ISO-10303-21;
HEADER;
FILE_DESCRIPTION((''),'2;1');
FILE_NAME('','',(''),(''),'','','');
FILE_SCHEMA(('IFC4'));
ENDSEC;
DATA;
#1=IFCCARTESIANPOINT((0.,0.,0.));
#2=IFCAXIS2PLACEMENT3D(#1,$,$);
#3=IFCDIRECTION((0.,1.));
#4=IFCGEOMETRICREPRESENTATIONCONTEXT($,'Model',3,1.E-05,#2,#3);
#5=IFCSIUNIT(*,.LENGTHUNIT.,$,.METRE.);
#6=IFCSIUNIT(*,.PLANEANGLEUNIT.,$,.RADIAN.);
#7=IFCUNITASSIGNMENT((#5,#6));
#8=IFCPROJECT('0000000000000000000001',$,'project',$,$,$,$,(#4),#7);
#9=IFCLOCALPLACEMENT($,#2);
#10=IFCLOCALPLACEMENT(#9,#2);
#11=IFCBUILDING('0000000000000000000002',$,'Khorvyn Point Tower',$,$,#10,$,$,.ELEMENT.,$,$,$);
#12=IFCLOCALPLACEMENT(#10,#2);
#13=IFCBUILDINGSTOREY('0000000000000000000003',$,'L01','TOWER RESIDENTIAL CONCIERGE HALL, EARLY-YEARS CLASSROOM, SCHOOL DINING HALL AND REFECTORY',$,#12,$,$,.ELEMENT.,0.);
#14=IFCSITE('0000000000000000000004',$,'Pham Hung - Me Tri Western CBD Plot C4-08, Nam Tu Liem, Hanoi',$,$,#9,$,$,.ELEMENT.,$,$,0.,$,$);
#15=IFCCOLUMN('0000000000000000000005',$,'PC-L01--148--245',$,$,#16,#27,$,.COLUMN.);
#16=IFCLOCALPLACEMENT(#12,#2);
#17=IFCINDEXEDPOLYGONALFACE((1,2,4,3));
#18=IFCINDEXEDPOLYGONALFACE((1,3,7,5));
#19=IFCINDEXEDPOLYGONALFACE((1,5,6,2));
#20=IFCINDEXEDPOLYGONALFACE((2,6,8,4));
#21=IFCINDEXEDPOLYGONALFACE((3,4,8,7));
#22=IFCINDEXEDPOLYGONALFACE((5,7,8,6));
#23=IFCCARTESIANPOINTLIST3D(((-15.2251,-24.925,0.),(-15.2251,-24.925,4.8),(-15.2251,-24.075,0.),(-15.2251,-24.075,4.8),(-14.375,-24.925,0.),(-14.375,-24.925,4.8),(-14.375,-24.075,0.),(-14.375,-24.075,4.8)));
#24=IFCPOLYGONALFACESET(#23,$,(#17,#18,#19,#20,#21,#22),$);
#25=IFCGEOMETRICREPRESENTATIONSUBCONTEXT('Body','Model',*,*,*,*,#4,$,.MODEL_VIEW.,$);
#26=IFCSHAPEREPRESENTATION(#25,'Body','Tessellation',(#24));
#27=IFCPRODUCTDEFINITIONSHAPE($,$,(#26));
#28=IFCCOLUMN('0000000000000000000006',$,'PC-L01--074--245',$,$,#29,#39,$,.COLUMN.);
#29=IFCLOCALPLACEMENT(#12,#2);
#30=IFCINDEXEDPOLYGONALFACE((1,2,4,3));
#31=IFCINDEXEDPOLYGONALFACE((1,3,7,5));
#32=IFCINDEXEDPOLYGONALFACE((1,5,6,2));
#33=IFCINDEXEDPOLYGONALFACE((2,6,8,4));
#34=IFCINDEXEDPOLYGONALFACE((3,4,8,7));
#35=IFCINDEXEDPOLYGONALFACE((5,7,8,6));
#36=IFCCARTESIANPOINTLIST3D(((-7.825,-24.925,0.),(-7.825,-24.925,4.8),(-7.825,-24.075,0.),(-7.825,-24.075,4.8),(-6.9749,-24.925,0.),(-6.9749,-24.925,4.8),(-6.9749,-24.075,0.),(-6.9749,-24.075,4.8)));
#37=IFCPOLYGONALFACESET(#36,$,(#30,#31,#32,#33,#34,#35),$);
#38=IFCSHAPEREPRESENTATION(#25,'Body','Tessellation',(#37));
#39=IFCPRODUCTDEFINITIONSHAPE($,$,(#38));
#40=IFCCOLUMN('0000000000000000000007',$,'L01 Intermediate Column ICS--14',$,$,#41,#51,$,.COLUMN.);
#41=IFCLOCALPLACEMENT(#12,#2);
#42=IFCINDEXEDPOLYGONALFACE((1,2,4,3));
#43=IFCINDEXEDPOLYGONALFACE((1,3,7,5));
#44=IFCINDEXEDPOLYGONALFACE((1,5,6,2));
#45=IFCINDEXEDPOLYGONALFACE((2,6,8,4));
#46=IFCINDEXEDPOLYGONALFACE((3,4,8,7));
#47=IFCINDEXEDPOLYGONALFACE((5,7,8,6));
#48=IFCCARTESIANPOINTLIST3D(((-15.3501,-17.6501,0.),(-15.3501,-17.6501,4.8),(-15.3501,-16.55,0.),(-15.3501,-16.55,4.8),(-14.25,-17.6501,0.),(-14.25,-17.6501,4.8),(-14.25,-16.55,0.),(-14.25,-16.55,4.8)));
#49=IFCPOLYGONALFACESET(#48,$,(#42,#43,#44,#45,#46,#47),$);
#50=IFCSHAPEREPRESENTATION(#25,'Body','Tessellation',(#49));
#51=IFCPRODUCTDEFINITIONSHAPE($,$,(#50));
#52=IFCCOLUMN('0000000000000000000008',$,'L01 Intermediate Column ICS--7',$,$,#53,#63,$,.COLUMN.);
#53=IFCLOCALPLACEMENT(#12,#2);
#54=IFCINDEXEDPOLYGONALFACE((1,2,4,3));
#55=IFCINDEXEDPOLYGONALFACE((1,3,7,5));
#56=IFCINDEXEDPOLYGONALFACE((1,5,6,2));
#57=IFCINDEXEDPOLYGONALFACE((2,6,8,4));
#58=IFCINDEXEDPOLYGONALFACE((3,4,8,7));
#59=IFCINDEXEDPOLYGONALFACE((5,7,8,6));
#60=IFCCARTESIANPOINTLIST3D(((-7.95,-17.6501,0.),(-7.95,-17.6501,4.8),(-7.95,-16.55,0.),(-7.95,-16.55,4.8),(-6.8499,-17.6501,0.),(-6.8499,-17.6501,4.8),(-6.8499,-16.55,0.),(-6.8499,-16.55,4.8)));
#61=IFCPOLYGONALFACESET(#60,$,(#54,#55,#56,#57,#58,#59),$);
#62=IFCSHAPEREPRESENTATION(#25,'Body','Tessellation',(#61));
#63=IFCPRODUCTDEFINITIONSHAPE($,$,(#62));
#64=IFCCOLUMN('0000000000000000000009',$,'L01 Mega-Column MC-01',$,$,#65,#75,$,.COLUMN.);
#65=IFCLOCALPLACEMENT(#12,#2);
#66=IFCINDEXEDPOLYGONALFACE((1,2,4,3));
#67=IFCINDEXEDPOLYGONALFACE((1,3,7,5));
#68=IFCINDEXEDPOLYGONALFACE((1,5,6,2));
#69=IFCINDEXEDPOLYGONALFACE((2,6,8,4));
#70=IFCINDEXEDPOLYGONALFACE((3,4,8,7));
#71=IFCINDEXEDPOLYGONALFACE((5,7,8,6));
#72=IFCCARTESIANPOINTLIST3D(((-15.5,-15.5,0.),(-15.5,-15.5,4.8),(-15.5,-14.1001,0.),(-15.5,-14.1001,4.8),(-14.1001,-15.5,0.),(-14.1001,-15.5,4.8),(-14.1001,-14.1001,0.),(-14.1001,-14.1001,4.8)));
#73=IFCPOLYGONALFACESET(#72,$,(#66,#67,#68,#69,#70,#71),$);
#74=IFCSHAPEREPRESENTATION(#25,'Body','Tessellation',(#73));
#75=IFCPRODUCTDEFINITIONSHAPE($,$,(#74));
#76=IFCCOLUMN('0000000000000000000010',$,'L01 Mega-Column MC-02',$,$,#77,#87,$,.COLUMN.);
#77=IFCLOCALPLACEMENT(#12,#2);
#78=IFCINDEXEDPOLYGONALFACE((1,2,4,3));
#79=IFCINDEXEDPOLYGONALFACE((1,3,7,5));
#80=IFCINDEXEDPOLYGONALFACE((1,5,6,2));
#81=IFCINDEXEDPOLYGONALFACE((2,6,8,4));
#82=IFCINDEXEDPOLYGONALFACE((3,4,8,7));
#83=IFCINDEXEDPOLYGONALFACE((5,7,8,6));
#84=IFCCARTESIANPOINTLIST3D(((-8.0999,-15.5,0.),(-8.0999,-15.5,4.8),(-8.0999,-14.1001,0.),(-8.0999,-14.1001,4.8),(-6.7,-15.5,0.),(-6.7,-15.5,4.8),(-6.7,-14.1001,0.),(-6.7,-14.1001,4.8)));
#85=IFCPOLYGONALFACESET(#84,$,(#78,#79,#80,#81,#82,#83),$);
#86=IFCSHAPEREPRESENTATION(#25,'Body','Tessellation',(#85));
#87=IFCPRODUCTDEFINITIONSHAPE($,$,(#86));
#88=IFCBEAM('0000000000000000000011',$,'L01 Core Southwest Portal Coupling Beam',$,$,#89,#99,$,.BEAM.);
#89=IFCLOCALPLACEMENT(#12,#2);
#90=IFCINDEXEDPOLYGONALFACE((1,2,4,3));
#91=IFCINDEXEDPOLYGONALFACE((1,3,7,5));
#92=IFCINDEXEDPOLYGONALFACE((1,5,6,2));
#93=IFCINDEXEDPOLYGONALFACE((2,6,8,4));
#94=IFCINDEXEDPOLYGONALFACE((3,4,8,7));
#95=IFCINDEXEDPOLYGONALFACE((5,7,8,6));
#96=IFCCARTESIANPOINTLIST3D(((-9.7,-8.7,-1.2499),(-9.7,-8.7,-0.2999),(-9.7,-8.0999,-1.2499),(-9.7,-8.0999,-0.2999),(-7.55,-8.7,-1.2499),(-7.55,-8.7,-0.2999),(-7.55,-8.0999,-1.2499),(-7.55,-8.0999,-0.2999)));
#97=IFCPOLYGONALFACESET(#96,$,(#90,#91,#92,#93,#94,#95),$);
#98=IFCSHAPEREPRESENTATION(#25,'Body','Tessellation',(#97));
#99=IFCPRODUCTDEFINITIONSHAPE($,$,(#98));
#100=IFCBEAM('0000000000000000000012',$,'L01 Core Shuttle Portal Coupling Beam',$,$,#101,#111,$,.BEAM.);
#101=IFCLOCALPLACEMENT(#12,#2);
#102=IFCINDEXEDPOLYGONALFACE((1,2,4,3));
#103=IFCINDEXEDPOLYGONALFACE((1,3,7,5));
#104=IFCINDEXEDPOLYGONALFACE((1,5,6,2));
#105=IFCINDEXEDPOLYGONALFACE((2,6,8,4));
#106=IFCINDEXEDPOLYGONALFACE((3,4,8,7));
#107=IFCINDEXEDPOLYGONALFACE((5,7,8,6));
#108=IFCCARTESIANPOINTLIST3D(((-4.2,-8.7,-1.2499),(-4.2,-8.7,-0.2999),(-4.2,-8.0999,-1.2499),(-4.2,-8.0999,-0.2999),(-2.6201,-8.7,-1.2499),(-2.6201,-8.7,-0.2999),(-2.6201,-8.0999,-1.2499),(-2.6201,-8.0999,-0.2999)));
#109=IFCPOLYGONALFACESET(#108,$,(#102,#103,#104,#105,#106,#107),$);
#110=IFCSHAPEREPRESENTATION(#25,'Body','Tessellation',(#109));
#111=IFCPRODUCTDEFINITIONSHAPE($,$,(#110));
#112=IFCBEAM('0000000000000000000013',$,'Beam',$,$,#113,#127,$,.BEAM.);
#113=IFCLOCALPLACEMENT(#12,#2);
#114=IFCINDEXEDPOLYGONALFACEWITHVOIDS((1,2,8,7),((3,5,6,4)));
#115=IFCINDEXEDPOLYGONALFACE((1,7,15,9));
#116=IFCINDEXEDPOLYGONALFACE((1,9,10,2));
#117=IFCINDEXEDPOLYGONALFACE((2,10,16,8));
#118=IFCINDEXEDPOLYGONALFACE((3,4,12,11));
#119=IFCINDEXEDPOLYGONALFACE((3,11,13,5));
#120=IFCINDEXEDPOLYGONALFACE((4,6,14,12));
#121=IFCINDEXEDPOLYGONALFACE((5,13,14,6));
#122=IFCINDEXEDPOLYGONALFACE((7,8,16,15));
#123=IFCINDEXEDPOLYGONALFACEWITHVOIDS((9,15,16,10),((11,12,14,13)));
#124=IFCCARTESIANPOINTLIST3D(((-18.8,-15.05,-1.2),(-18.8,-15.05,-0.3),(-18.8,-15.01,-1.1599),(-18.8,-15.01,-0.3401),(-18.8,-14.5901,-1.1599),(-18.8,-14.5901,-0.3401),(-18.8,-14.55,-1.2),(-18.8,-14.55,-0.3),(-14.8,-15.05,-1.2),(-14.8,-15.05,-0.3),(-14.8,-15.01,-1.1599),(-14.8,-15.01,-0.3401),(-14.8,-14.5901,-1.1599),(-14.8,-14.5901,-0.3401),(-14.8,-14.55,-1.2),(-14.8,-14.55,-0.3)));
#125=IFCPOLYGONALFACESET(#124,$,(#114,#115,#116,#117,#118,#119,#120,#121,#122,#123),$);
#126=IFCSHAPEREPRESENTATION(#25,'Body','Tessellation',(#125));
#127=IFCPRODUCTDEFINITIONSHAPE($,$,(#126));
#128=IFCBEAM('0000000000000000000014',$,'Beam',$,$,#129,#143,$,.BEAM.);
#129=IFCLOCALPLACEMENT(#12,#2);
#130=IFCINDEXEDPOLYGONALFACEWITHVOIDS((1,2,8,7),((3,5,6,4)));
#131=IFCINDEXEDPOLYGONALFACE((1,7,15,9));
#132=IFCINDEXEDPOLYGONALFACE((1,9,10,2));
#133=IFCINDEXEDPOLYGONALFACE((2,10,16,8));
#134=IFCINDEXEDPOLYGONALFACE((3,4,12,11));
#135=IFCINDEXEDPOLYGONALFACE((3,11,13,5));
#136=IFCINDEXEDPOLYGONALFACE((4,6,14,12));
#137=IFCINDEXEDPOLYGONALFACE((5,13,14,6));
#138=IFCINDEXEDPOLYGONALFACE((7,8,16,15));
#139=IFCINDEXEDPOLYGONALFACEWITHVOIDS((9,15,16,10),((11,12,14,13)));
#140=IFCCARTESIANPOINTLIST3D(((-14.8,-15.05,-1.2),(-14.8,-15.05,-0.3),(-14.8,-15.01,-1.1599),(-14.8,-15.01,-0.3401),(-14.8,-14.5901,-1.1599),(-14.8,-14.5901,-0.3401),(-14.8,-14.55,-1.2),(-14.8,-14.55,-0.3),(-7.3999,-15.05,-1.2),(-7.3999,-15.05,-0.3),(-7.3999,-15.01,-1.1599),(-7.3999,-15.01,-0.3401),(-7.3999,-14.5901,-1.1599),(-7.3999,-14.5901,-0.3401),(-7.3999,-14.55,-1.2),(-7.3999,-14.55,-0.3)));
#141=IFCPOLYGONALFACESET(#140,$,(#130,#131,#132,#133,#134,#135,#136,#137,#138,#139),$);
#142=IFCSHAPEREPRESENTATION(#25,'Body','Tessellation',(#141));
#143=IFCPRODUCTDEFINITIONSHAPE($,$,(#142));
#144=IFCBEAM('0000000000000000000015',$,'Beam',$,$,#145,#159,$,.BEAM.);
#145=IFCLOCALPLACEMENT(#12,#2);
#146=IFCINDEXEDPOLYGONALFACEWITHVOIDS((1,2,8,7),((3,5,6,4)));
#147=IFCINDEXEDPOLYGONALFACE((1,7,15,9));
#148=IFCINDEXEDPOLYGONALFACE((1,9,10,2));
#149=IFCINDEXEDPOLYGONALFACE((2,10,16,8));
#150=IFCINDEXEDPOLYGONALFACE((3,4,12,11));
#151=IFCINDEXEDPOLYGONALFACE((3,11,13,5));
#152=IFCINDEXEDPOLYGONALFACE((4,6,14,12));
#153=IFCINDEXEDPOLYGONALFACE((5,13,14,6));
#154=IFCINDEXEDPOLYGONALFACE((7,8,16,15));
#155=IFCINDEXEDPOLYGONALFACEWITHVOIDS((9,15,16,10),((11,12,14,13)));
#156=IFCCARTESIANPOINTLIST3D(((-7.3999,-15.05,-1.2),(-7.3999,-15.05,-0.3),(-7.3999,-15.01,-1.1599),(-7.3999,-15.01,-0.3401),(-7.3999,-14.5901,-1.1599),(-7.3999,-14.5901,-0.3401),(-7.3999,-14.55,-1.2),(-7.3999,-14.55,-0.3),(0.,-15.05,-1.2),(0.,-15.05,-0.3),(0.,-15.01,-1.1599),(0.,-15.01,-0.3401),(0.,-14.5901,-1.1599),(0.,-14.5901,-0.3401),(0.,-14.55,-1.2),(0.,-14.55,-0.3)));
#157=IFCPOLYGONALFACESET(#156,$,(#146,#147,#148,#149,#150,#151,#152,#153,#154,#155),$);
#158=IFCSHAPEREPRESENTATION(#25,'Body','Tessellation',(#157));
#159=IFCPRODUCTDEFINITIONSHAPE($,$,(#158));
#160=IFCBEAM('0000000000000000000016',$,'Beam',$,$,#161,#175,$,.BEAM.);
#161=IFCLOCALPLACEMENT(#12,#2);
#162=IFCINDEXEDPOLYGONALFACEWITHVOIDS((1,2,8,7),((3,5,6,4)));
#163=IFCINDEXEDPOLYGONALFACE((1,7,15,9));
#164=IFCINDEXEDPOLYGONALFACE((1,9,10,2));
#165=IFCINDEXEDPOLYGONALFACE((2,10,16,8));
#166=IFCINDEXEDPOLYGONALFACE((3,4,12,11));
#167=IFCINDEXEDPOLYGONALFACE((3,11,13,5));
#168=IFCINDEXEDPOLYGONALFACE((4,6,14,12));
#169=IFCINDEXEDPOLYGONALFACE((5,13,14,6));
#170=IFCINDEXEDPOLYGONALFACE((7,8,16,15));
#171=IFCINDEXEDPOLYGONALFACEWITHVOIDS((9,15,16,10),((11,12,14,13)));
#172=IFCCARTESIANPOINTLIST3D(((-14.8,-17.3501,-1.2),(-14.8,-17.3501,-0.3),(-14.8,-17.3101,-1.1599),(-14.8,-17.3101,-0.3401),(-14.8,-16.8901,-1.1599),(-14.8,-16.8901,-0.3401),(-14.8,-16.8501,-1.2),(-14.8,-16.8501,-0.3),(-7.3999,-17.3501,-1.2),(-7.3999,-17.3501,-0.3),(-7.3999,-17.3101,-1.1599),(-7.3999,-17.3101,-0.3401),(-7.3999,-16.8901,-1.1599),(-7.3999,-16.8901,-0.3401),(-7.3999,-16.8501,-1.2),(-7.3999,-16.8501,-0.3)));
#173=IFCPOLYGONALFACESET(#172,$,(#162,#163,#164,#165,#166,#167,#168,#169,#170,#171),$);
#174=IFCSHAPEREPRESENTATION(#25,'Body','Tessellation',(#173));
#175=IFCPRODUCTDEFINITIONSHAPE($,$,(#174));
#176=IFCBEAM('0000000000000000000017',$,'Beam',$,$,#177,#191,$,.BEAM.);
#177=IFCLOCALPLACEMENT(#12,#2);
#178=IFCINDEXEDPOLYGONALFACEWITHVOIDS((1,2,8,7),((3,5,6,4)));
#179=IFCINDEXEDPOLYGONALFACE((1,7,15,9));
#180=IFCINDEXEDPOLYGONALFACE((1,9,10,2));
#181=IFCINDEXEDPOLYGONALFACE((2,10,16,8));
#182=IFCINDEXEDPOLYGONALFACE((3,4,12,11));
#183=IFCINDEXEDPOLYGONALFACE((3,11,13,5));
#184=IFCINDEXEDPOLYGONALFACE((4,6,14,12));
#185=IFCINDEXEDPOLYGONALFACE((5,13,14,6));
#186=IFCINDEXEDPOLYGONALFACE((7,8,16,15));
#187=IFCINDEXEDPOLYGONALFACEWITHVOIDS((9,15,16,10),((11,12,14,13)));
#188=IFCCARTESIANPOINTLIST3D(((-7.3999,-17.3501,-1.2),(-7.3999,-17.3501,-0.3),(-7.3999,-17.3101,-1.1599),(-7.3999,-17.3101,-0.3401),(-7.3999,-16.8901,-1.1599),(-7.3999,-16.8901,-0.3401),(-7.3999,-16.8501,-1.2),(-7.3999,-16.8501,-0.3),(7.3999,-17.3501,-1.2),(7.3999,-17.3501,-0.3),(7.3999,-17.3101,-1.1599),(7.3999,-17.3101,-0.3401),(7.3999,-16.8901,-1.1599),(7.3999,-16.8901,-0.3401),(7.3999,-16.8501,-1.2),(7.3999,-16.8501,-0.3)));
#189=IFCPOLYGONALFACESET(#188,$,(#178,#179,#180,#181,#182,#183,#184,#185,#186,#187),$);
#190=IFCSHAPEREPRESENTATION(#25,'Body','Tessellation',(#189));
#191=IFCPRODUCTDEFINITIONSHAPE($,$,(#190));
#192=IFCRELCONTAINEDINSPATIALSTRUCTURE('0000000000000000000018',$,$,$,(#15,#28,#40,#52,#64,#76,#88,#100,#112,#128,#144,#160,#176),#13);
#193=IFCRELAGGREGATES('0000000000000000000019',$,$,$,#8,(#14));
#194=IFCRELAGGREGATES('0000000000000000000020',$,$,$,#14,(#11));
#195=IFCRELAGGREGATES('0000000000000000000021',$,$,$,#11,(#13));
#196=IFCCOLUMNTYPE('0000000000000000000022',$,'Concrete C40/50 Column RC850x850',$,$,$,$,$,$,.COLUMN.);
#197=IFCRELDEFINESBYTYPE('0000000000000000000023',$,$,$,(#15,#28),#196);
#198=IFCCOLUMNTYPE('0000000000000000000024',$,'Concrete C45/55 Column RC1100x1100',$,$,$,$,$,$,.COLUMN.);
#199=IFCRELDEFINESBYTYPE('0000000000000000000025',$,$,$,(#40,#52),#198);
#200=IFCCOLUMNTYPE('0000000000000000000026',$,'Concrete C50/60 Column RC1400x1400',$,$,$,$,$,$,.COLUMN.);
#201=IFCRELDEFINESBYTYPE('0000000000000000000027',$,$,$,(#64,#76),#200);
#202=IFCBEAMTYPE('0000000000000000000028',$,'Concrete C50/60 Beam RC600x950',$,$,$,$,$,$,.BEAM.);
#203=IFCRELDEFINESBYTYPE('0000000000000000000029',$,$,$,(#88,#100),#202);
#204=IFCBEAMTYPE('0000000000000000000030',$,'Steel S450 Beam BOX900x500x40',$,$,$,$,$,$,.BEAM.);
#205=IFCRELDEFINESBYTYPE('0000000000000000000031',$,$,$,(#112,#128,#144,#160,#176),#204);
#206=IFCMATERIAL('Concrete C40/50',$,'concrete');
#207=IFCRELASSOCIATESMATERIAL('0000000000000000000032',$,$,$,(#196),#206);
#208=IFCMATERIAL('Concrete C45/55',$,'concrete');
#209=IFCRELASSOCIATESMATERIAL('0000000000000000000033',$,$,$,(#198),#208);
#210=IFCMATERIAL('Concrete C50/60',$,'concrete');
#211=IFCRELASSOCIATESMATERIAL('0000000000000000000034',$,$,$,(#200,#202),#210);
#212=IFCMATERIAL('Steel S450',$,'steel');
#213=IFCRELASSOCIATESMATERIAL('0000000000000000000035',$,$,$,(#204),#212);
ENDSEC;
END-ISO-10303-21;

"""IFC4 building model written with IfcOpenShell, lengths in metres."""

from ifc_helpers import new_model, si_unit, direction, frame, origin, origin_2d, place, context, subcontext, project, spatial, rectangle, hollow_rectangle, extrude, material, material_profile, profile_set, type_object, element, save


model = new_model("IFC4")

# Units and contexts
model_context = context("Model", 3, precision=1e-05, world=origin(), true_north=direction((0.0, 1.0)))
body_context = subcontext(model_context, "Body", "Model", "MODEL_VIEW")
ifc_project = project(units=[si_unit("LENGTHUNIT", "METRE"), si_unit("PLANEANGLEUNIT", "RADIAN")], contexts=[model_context])

# Site, building, storey
site_placement = place(None, origin())
site = spatial("IfcSite", under=ifc_project, at=site_placement, Name="Pham Hung - Me Tri Western CBD Plot C4-08, Nam Tu Liem, Hanoi", CompositionType="ELEMENT", RefElevation=0.0)
building_placement = place(site_placement, origin())
building = spatial("IfcBuilding", under=site, at=building_placement, Name="Khorvyn Point Tower", CompositionType="ELEMENT")
storey_placement = place(building_placement, origin())
storey = spatial("IfcBuildingStorey", under=building, at=storey_placement, Name="L01", Description="TOWER RESIDENTIAL CONCIERGE HALL, EARLY-YEARS CLASSROOM, SCHOOL DINING HALL AND REFECTORY", CompositionType="ELEMENT", Elevation=0.0)

# Columns
ifc_material_1 = material(Name="Concrete C40/50", Category="concrete")
ifc_material_profile_1 = material_profile(ifc_material_1, rectangle(XDim=0.8501, YDim=0.8501, at=origin_2d()))
ifc_profile_set_1 = profile_set([ifc_material_profile_1], Name="Concrete C40/50 RC850x850")
column_type_1 = type_object("IfcColumnType", Name="Concrete C40/50 Column RC850x850", PredefinedType="COLUMN", material=ifc_profile_set_1)
for number, where, z_axis, x_axis, name in (
    (1, (-14.8, -24.5, 0.0), (0.0, 0.0, 1.0), (1.0, 0.0, 0.0), "PC-L01--148--245"),
    (2, (-7.3999, -24.5, 0.0), (0.0, 0.0, 1.0), (1.0, 0.0, 0.0), "PC-L01--074--245"),
):
    element("IfcColumn", number, at=place(storey_placement, frame(where, z_axis=z_axis, x_axis=x_axis)), inside=storey, type_object=column_type_1, Name=name, PredefinedType="COLUMN", context=body_context, shape_type="SweptSolid", body=[
        extrude(rectangle(XDim=0.8501, YDim=0.8501, at=origin_2d()), origin(), (0.0, 0.0, 1.0), 4.8),
    ])
ifc_material_2 = material(Name="Concrete C45/55", Category="concrete")
ifc_material_profile_2 = material_profile(ifc_material_2, rectangle(XDim=1.1001, YDim=1.1001, at=origin_2d()))
ifc_profile_set_2 = profile_set([ifc_material_profile_2], Name="Concrete C45/55 RC1100x1100")
column_type_2 = type_object("IfcColumnType", Name="Concrete C45/55 Column RC1100x1100", PredefinedType="COLUMN", material=ifc_profile_set_2)
for number, where, z_axis, x_axis, name in (
    (3, (-14.8, -17.1001, 0.0), (0.0, 0.0, 1.0), (1.0, 0.0, 0.0), "L01 Intermediate Column ICS--14"),
    (4, (-7.3999, -17.1001, 0.0), (0.0, 0.0, 1.0), (1.0, 0.0, 0.0), "L01 Intermediate Column ICS--7"),
):
    element("IfcColumn", number, at=place(storey_placement, frame(where, z_axis=z_axis, x_axis=x_axis)), inside=storey, type_object=column_type_2, Name=name, PredefinedType="COLUMN", context=body_context, shape_type="SweptSolid", body=[
        extrude(rectangle(XDim=1.1001, YDim=1.1001, at=origin_2d()), origin(), (0.0, 0.0, 1.0), 4.8),
    ])
ifc_material_3 = material(Name="Concrete C50/60", Category="concrete")
ifc_material_profile_3 = material_profile(ifc_material_3, rectangle(XDim=1.3999, YDim=1.3999, at=origin_2d()))
ifc_profile_set_3 = profile_set([ifc_material_profile_3], Name="Concrete C50/60 RC1400x1400")
column_type_3 = type_object("IfcColumnType", Name="Concrete C50/60 Column RC1400x1400", PredefinedType="COLUMN", material=ifc_profile_set_3)
for number, where, z_axis, x_axis, name in (
    (5, (-14.8, -14.8, 0.0), (0.0, 0.0, 1.0), (1.0, 0.0, 0.0), "L01 Mega-Column MC-01"),
    (6, (-7.3999, -14.8, 0.0), (0.0, 0.0, 1.0), (1.0, 0.0, 0.0), "L01 Mega-Column MC-02"),
):
    element("IfcColumn", number, at=place(storey_placement, frame(where, z_axis=z_axis, x_axis=x_axis)), inside=storey, type_object=column_type_3, Name=name, PredefinedType="COLUMN", context=body_context, shape_type="SweptSolid", body=[
        extrude(rectangle(XDim=1.3999, YDim=1.3999, at=origin_2d()), origin(), (0.0, 0.0, 1.0), 4.8),
    ])

# Beams
ifc_material_profile_4 = material_profile(ifc_material_3, rectangle(XDim=0.6001, YDim=0.95, at=origin_2d()))
ifc_profile_set_4 = profile_set([ifc_material_profile_4], Name="Concrete C50/60 RC600x950")
beam_type_1 = type_object("IfcBeamType", Name="Concrete C50/60 Beam RC600x950", PredefinedType="BEAM", material=ifc_profile_set_4)
beam_1_placement = place(storey_placement, frame((-9.7, -8.3999, -0.7749), z_axis=(1.0, 0.0, 0.0), x_axis=(0.0, 1.0, 0.0)))
element("IfcBeam", 7, at=beam_1_placement, inside=storey, type_object=beam_type_1, Name="L01 Core Southwest Portal Coupling Beam", PredefinedType="BEAM", context=body_context, shape_type="SweptSolid", body=[
    extrude(rectangle(XDim=0.6001, YDim=0.95, at=origin_2d()), origin(), (0.0, 0.0, 1.0), 2.1499),
])
beam_2_placement = place(storey_placement, frame((-4.2, -8.3999, -0.7749), z_axis=(1.0, 0.0, 0.0), x_axis=(0.0, 1.0, 0.0)))
element("IfcBeam", 8, at=beam_2_placement, inside=storey, type_object=beam_type_1, Name="L01 Core Shuttle Portal Coupling Beam", PredefinedType="BEAM", context=body_context, shape_type="SweptSolid", body=[
    extrude(rectangle(XDim=0.6001, YDim=0.95, at=origin_2d()), origin(), (0.0, 0.0, 1.0), 1.5798),
])
ifc_material_4 = material(Name="Steel S450", Category="steel")
ifc_material_profile_5 = material_profile(ifc_material_4, hollow_rectangle(XDim=0.5, YDim=0.8999, WallThickness=0.04, at=origin_2d()))
ifc_profile_set_5 = profile_set([ifc_material_profile_5], Name="Steel S450 BOX900x500x40")
beam_type_2 = type_object("IfcBeamType", Name="Steel S450 Beam BOX900x500x40", PredefinedType="BEAM", material=ifc_profile_set_5)
beam_3_placement = place(storey_placement, frame((-18.8, -14.8, -0.75), z_axis=(1.0, 0.0, 0.0), x_axis=(0.0, 1.0, 0.0)))
element("IfcBeam", 9, at=beam_3_placement, inside=storey, type_object=beam_type_2, Name="Beam", PredefinedType="BEAM", context=body_context, shape_type="SweptSolid", body=[
    extrude(hollow_rectangle(XDim=0.5, YDim=0.8999, WallThickness=0.04, at=origin_2d()), origin(), (0.0, 0.0, 1.0), 4.0),
])
beam_4_placement = place(storey_placement, frame((-14.8, -14.8, -0.75), z_axis=(1.0, 0.0, 0.0), x_axis=(0.0, 1.0, 0.0)))
element("IfcBeam", 10, at=beam_4_placement, inside=storey, type_object=beam_type_2, Name="Beam", PredefinedType="BEAM", context=body_context, shape_type="SweptSolid", body=[
    extrude(hollow_rectangle(XDim=0.5, YDim=0.8999, WallThickness=0.04, at=origin_2d()), origin(), (0.0, 0.0, 1.0), 7.4001),
])
beam_5_placement = place(storey_placement, frame((-7.3999, -14.8, -0.75), z_axis=(1.0, 0.0, 0.0), x_axis=(0.0, 1.0, 0.0)))
element("IfcBeam", 11, at=beam_5_placement, inside=storey, type_object=beam_type_2, Name="Beam", PredefinedType="BEAM", context=body_context, shape_type="SweptSolid", body=[
    extrude(hollow_rectangle(XDim=0.5, YDim=0.8999, WallThickness=0.04, at=origin_2d()), origin(), (0.0, 0.0, 1.0), 7.3999),
])
beam_6_placement = place(storey_placement, frame((-14.8, -17.1001, -0.75), z_axis=(1.0, 0.0, 0.0), x_axis=(0.0, 1.0, 0.0)))
element("IfcBeam", 12, at=beam_6_placement, inside=storey, type_object=beam_type_2, Name="Beam", PredefinedType="BEAM", context=body_context, shape_type="SweptSolid", body=[
    extrude(hollow_rectangle(XDim=0.5, YDim=0.8999, WallThickness=0.04, at=origin_2d()), origin(), (0.0, 0.0, 1.0), 7.4001),
])
beam_7_placement = place(storey_placement, frame((-7.3999, -17.1001, -0.75), z_axis=(1.0, 0.0, 0.0), x_axis=(0.0, 1.0, 0.0)))
element("IfcBeam", 13, at=beam_7_placement, inside=storey, type_object=beam_type_2, Name="Beam", PredefinedType="BEAM", context=body_context, shape_type="SweptSolid", body=[
    extrude(hollow_rectangle(XDim=0.5, YDim=0.8999, WallThickness=0.04, at=origin_2d()), origin(), (0.0, 0.0, 1.0), 14.7998),
])

save(model, "model.ifc")
